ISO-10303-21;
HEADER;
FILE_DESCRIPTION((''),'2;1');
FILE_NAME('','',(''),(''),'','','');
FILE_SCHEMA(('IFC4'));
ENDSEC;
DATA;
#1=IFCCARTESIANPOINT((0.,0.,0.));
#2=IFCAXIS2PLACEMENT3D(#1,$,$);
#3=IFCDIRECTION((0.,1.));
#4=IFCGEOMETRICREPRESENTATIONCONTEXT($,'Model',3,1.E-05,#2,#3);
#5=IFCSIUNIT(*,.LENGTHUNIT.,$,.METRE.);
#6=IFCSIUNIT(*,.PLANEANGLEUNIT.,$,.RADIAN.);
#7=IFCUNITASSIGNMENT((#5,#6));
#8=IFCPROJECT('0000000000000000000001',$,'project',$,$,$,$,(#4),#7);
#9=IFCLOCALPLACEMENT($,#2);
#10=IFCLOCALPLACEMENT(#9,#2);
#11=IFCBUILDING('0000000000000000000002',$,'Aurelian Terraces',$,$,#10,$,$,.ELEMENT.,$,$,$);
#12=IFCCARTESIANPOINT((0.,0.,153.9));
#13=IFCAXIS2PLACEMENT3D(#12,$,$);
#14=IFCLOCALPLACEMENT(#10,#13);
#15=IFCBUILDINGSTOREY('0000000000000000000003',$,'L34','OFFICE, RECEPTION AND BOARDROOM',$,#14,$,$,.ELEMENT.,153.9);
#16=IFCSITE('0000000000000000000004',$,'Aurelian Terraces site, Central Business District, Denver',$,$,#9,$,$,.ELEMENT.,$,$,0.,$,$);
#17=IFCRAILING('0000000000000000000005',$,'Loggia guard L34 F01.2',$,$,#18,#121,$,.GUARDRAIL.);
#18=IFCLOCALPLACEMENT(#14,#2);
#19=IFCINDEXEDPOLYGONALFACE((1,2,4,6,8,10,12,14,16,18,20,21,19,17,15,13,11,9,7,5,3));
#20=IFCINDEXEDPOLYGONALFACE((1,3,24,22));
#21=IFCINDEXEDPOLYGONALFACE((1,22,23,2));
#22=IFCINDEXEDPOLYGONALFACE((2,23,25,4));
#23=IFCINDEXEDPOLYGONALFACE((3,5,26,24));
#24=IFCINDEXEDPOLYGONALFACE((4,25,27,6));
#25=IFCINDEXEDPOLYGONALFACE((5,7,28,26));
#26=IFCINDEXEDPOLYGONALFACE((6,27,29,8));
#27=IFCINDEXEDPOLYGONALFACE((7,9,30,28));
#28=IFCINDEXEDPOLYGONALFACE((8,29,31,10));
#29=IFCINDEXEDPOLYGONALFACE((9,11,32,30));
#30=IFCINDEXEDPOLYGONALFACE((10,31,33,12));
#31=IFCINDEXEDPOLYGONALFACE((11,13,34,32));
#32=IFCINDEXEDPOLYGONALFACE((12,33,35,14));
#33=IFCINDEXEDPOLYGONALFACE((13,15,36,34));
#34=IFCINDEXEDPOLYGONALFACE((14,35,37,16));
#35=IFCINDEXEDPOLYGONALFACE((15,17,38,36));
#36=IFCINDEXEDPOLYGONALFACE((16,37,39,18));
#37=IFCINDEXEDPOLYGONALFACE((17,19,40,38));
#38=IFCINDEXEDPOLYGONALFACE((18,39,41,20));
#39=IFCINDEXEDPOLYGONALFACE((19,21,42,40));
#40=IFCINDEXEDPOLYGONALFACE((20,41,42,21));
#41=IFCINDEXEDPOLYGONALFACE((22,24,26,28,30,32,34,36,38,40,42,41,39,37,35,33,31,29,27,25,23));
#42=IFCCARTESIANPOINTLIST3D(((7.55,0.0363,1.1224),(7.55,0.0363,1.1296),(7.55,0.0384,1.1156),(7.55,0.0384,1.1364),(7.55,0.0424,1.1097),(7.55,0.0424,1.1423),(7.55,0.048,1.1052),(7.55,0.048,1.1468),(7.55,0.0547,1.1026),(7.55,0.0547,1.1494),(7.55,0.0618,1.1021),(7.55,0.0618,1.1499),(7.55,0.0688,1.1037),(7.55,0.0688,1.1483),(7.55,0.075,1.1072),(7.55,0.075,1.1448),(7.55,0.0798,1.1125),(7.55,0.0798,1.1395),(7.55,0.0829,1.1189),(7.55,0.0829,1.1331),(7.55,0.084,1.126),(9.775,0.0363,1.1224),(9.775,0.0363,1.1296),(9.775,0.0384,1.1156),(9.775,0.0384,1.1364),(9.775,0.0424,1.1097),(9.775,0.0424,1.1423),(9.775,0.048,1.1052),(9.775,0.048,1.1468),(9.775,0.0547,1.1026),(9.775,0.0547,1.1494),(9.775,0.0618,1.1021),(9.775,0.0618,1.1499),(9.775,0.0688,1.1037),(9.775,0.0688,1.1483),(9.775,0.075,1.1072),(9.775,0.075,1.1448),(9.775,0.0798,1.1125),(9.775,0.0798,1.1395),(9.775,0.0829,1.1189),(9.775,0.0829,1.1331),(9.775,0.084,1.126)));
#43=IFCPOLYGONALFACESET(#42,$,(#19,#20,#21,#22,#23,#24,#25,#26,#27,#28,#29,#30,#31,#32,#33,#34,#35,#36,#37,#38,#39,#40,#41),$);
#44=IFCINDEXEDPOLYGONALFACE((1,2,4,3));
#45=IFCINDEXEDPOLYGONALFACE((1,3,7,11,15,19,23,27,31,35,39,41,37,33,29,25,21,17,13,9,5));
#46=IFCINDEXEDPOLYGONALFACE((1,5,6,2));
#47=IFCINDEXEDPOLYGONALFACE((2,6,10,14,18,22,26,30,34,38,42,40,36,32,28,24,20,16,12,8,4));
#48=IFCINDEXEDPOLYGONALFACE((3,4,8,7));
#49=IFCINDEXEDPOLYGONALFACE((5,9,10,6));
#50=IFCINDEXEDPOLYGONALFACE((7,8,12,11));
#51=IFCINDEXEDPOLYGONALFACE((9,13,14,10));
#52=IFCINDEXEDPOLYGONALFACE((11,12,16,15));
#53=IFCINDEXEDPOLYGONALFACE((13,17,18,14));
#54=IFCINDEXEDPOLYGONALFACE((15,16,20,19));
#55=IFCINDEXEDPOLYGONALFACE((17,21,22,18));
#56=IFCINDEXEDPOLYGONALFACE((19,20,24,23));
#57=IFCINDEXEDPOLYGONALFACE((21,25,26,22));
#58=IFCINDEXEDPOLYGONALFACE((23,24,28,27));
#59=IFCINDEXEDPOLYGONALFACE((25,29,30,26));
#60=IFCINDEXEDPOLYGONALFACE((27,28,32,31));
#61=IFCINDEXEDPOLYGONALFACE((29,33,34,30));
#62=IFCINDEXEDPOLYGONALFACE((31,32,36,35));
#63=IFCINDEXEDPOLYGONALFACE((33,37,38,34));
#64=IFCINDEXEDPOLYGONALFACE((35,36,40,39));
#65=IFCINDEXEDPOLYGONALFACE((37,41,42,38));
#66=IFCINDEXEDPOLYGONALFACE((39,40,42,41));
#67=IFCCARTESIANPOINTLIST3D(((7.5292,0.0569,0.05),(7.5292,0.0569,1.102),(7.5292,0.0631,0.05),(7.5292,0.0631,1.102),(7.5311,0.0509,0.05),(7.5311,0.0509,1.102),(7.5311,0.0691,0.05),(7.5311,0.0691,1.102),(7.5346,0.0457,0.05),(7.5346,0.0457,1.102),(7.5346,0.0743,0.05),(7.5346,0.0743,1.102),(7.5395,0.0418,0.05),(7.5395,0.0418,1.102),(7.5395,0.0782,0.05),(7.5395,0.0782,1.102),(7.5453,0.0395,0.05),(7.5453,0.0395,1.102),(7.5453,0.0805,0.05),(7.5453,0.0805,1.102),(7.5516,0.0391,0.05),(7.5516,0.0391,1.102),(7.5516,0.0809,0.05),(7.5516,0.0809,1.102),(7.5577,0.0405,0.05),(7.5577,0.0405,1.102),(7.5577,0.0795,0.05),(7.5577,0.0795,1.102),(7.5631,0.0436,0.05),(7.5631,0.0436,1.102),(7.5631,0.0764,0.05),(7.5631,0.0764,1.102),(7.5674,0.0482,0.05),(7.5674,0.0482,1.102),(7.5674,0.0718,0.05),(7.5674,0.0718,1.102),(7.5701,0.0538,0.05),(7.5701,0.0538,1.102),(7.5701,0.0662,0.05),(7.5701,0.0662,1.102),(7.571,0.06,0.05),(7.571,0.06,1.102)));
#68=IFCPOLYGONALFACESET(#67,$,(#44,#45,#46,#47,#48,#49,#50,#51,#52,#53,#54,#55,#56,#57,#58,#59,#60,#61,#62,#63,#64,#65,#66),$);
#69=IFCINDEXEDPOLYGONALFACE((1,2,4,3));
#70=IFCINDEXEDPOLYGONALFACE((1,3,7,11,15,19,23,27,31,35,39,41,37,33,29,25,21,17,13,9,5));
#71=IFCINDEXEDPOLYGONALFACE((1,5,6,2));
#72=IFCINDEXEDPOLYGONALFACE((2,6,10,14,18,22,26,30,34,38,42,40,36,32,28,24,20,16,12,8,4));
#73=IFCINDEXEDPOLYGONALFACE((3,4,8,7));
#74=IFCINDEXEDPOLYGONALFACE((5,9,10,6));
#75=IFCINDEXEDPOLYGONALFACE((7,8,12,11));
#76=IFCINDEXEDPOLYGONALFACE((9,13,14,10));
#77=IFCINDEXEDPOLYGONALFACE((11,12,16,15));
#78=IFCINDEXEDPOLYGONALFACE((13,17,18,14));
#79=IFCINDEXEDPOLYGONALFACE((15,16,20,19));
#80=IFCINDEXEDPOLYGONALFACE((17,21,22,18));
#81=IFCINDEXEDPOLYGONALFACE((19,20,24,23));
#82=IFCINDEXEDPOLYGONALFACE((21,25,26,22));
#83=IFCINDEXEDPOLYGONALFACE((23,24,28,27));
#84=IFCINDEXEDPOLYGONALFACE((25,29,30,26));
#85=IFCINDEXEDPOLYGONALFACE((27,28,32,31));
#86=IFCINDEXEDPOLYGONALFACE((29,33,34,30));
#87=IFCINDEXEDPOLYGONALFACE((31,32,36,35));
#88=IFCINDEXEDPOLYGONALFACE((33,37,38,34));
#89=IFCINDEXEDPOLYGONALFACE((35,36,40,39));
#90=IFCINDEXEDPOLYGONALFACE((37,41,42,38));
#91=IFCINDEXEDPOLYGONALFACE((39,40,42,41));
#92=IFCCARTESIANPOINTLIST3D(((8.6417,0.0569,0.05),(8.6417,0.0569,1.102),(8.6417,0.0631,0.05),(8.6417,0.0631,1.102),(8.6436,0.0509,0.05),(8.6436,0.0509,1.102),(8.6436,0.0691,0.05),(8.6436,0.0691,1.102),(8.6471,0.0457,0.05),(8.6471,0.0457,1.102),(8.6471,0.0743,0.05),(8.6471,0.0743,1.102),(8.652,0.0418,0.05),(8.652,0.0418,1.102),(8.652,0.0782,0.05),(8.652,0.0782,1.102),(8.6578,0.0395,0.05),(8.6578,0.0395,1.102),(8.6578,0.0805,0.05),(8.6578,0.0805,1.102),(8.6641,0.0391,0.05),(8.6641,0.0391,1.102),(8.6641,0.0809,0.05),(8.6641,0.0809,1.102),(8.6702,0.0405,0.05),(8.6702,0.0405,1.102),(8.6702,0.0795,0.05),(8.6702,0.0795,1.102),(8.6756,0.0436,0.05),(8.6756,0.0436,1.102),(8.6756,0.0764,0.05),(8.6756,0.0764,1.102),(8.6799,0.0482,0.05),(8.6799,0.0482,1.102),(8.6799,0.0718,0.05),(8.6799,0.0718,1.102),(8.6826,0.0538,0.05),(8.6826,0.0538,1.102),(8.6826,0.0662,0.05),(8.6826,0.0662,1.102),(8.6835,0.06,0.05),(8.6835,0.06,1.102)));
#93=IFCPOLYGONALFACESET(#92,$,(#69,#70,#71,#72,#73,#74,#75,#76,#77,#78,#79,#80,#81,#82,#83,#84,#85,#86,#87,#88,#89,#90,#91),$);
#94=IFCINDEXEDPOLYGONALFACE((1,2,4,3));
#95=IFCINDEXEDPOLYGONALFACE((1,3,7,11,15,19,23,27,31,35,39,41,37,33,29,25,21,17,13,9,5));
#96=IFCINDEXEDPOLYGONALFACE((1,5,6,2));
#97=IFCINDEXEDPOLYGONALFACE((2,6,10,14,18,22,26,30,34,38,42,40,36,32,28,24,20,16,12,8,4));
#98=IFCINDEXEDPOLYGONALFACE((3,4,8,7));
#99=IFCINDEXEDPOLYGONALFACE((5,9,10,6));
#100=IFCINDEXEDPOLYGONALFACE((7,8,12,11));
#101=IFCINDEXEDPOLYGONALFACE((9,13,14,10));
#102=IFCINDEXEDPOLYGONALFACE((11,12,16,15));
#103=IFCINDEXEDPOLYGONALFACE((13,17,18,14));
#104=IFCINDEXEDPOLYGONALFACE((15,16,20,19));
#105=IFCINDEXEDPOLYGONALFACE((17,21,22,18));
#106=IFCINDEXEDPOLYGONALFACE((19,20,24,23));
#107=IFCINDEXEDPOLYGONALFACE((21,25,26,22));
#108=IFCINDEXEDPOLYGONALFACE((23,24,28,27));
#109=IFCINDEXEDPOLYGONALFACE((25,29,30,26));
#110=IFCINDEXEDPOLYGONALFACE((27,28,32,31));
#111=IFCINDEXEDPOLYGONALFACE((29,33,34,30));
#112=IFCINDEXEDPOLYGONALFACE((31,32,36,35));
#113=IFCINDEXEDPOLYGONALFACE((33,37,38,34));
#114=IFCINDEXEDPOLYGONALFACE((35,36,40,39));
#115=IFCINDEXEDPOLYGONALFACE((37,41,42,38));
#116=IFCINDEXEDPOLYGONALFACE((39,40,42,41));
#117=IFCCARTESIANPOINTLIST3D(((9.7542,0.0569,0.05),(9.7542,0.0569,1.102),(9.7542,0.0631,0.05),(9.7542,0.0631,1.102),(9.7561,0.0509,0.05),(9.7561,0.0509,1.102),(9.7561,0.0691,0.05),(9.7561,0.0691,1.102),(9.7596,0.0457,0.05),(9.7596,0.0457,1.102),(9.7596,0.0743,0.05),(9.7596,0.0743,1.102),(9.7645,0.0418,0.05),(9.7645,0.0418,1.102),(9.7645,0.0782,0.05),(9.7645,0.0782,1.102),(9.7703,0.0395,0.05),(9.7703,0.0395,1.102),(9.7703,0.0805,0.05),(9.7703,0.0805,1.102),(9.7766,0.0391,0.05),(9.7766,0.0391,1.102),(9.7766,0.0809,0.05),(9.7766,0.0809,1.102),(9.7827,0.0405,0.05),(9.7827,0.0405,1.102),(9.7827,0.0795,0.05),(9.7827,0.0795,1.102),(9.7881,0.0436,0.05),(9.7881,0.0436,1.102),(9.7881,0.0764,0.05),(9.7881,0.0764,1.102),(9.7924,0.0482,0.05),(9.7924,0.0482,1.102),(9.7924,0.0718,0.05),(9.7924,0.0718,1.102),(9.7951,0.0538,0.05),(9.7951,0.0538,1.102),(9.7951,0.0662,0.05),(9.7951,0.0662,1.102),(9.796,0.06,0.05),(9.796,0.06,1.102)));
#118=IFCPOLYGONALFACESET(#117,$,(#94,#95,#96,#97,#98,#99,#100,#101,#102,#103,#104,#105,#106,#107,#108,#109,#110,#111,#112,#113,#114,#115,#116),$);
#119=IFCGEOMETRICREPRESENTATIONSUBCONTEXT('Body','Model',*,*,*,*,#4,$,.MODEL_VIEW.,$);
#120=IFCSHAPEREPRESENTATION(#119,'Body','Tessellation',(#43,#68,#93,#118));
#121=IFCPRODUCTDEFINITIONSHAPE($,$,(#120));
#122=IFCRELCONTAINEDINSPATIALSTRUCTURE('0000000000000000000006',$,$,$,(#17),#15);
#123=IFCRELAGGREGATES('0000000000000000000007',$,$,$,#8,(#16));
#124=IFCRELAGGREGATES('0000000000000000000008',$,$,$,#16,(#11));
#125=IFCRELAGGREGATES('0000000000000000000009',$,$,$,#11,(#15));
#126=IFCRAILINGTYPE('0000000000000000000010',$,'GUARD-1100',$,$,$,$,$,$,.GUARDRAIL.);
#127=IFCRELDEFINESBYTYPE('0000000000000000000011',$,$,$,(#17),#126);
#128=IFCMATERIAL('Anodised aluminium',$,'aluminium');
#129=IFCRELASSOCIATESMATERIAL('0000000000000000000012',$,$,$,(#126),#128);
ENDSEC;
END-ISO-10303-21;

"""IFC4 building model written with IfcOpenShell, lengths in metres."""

from ifc_helpers import new_model, si_unit, direction, frame, origin, origin_2d, place, context, subcontext, project, spatial, circle, extrude, source, transform, mapped, material, type_object, element, save


model = new_model("IFC4")

# Units and contexts
model_context = context("Model", 3, precision=1e-05, world=origin(), true_north=direction((0.0, 1.0)))
body_context = subcontext(model_context, "Body", "Model", "MODEL_VIEW")
ifc_project = project(units=[si_unit("LENGTHUNIT", "METRE"), si_unit("PLANEANGLEUNIT", "RADIAN")], contexts=[model_context])

# Site, building, storey
site_placement = place(None, origin())
site = spatial("IfcSite", under=ifc_project, at=site_placement, Name="Aurelian Terraces site, Central Business District, Denver", CompositionType="ELEMENT", RefElevation=0.0)
building_placement = place(site_placement, origin())
building = spatial("IfcBuilding", under=site, at=building_placement, Name="Aurelian Terraces", CompositionType="ELEMENT")
storey_placement = place(building_placement, frame((0.0, 0.0, 153.9)))
storey = spatial("IfcBuildingStorey", under=building, at=storey_placement, Name="L34", Description="OFFICE, RECEPTION AND BOARDROOM", CompositionType="ELEMENT", Elevation=153.9)

# Railing
ifc_material_1 = material(Name="Anodised aluminium", Category="aluminium")
railing_type = type_object("IfcRailingType", Name="GUARD-1100", PredefinedType="GUARDRAIL", material=ifc_material_1)
shared_shape_1 = source(origin(), body_context, "Body", "SweptSolid", [
    extrude(circle(Radius=0.024, at=origin_2d()), frame((0.0, 0.0, 1.076), z_axis=(1.0, 0.0, 0.0), x_axis=(0.0, 1.0, 0.0)), (0.0, 0.0, 1.0), 2.225),
    extrude(circle(Radius=0.021, at=origin_2d()), origin(), (0.0, 0.0, 1.0), 1.052),
    extrude(circle(Radius=0.021, at=origin_2d()), frame((1.1125, 0.0, 0.0)), (0.0, 0.0, 1.0), 1.052),
    extrude(circle(Radius=0.021, at=origin_2d()), frame((2.225, 0.0, 0.0)), (0.0, 0.0, 1.0), 1.052),
])
railing_placement = place(storey_placement, frame((7.55, 0.06, 0.05)))
element("IfcRailing", 1, at=railing_placement, inside=storey, type_object=railing_type, Name="Loggia guard L34 F01.2", PredefinedType="GUARDRAIL", context=body_context, shape_type="MappedRepresentation", body=[
    mapped(shared_shape_1, transform((0.0, 0.0, 0.0), scale=1.0)),
])

save(model, "model.ifc")
